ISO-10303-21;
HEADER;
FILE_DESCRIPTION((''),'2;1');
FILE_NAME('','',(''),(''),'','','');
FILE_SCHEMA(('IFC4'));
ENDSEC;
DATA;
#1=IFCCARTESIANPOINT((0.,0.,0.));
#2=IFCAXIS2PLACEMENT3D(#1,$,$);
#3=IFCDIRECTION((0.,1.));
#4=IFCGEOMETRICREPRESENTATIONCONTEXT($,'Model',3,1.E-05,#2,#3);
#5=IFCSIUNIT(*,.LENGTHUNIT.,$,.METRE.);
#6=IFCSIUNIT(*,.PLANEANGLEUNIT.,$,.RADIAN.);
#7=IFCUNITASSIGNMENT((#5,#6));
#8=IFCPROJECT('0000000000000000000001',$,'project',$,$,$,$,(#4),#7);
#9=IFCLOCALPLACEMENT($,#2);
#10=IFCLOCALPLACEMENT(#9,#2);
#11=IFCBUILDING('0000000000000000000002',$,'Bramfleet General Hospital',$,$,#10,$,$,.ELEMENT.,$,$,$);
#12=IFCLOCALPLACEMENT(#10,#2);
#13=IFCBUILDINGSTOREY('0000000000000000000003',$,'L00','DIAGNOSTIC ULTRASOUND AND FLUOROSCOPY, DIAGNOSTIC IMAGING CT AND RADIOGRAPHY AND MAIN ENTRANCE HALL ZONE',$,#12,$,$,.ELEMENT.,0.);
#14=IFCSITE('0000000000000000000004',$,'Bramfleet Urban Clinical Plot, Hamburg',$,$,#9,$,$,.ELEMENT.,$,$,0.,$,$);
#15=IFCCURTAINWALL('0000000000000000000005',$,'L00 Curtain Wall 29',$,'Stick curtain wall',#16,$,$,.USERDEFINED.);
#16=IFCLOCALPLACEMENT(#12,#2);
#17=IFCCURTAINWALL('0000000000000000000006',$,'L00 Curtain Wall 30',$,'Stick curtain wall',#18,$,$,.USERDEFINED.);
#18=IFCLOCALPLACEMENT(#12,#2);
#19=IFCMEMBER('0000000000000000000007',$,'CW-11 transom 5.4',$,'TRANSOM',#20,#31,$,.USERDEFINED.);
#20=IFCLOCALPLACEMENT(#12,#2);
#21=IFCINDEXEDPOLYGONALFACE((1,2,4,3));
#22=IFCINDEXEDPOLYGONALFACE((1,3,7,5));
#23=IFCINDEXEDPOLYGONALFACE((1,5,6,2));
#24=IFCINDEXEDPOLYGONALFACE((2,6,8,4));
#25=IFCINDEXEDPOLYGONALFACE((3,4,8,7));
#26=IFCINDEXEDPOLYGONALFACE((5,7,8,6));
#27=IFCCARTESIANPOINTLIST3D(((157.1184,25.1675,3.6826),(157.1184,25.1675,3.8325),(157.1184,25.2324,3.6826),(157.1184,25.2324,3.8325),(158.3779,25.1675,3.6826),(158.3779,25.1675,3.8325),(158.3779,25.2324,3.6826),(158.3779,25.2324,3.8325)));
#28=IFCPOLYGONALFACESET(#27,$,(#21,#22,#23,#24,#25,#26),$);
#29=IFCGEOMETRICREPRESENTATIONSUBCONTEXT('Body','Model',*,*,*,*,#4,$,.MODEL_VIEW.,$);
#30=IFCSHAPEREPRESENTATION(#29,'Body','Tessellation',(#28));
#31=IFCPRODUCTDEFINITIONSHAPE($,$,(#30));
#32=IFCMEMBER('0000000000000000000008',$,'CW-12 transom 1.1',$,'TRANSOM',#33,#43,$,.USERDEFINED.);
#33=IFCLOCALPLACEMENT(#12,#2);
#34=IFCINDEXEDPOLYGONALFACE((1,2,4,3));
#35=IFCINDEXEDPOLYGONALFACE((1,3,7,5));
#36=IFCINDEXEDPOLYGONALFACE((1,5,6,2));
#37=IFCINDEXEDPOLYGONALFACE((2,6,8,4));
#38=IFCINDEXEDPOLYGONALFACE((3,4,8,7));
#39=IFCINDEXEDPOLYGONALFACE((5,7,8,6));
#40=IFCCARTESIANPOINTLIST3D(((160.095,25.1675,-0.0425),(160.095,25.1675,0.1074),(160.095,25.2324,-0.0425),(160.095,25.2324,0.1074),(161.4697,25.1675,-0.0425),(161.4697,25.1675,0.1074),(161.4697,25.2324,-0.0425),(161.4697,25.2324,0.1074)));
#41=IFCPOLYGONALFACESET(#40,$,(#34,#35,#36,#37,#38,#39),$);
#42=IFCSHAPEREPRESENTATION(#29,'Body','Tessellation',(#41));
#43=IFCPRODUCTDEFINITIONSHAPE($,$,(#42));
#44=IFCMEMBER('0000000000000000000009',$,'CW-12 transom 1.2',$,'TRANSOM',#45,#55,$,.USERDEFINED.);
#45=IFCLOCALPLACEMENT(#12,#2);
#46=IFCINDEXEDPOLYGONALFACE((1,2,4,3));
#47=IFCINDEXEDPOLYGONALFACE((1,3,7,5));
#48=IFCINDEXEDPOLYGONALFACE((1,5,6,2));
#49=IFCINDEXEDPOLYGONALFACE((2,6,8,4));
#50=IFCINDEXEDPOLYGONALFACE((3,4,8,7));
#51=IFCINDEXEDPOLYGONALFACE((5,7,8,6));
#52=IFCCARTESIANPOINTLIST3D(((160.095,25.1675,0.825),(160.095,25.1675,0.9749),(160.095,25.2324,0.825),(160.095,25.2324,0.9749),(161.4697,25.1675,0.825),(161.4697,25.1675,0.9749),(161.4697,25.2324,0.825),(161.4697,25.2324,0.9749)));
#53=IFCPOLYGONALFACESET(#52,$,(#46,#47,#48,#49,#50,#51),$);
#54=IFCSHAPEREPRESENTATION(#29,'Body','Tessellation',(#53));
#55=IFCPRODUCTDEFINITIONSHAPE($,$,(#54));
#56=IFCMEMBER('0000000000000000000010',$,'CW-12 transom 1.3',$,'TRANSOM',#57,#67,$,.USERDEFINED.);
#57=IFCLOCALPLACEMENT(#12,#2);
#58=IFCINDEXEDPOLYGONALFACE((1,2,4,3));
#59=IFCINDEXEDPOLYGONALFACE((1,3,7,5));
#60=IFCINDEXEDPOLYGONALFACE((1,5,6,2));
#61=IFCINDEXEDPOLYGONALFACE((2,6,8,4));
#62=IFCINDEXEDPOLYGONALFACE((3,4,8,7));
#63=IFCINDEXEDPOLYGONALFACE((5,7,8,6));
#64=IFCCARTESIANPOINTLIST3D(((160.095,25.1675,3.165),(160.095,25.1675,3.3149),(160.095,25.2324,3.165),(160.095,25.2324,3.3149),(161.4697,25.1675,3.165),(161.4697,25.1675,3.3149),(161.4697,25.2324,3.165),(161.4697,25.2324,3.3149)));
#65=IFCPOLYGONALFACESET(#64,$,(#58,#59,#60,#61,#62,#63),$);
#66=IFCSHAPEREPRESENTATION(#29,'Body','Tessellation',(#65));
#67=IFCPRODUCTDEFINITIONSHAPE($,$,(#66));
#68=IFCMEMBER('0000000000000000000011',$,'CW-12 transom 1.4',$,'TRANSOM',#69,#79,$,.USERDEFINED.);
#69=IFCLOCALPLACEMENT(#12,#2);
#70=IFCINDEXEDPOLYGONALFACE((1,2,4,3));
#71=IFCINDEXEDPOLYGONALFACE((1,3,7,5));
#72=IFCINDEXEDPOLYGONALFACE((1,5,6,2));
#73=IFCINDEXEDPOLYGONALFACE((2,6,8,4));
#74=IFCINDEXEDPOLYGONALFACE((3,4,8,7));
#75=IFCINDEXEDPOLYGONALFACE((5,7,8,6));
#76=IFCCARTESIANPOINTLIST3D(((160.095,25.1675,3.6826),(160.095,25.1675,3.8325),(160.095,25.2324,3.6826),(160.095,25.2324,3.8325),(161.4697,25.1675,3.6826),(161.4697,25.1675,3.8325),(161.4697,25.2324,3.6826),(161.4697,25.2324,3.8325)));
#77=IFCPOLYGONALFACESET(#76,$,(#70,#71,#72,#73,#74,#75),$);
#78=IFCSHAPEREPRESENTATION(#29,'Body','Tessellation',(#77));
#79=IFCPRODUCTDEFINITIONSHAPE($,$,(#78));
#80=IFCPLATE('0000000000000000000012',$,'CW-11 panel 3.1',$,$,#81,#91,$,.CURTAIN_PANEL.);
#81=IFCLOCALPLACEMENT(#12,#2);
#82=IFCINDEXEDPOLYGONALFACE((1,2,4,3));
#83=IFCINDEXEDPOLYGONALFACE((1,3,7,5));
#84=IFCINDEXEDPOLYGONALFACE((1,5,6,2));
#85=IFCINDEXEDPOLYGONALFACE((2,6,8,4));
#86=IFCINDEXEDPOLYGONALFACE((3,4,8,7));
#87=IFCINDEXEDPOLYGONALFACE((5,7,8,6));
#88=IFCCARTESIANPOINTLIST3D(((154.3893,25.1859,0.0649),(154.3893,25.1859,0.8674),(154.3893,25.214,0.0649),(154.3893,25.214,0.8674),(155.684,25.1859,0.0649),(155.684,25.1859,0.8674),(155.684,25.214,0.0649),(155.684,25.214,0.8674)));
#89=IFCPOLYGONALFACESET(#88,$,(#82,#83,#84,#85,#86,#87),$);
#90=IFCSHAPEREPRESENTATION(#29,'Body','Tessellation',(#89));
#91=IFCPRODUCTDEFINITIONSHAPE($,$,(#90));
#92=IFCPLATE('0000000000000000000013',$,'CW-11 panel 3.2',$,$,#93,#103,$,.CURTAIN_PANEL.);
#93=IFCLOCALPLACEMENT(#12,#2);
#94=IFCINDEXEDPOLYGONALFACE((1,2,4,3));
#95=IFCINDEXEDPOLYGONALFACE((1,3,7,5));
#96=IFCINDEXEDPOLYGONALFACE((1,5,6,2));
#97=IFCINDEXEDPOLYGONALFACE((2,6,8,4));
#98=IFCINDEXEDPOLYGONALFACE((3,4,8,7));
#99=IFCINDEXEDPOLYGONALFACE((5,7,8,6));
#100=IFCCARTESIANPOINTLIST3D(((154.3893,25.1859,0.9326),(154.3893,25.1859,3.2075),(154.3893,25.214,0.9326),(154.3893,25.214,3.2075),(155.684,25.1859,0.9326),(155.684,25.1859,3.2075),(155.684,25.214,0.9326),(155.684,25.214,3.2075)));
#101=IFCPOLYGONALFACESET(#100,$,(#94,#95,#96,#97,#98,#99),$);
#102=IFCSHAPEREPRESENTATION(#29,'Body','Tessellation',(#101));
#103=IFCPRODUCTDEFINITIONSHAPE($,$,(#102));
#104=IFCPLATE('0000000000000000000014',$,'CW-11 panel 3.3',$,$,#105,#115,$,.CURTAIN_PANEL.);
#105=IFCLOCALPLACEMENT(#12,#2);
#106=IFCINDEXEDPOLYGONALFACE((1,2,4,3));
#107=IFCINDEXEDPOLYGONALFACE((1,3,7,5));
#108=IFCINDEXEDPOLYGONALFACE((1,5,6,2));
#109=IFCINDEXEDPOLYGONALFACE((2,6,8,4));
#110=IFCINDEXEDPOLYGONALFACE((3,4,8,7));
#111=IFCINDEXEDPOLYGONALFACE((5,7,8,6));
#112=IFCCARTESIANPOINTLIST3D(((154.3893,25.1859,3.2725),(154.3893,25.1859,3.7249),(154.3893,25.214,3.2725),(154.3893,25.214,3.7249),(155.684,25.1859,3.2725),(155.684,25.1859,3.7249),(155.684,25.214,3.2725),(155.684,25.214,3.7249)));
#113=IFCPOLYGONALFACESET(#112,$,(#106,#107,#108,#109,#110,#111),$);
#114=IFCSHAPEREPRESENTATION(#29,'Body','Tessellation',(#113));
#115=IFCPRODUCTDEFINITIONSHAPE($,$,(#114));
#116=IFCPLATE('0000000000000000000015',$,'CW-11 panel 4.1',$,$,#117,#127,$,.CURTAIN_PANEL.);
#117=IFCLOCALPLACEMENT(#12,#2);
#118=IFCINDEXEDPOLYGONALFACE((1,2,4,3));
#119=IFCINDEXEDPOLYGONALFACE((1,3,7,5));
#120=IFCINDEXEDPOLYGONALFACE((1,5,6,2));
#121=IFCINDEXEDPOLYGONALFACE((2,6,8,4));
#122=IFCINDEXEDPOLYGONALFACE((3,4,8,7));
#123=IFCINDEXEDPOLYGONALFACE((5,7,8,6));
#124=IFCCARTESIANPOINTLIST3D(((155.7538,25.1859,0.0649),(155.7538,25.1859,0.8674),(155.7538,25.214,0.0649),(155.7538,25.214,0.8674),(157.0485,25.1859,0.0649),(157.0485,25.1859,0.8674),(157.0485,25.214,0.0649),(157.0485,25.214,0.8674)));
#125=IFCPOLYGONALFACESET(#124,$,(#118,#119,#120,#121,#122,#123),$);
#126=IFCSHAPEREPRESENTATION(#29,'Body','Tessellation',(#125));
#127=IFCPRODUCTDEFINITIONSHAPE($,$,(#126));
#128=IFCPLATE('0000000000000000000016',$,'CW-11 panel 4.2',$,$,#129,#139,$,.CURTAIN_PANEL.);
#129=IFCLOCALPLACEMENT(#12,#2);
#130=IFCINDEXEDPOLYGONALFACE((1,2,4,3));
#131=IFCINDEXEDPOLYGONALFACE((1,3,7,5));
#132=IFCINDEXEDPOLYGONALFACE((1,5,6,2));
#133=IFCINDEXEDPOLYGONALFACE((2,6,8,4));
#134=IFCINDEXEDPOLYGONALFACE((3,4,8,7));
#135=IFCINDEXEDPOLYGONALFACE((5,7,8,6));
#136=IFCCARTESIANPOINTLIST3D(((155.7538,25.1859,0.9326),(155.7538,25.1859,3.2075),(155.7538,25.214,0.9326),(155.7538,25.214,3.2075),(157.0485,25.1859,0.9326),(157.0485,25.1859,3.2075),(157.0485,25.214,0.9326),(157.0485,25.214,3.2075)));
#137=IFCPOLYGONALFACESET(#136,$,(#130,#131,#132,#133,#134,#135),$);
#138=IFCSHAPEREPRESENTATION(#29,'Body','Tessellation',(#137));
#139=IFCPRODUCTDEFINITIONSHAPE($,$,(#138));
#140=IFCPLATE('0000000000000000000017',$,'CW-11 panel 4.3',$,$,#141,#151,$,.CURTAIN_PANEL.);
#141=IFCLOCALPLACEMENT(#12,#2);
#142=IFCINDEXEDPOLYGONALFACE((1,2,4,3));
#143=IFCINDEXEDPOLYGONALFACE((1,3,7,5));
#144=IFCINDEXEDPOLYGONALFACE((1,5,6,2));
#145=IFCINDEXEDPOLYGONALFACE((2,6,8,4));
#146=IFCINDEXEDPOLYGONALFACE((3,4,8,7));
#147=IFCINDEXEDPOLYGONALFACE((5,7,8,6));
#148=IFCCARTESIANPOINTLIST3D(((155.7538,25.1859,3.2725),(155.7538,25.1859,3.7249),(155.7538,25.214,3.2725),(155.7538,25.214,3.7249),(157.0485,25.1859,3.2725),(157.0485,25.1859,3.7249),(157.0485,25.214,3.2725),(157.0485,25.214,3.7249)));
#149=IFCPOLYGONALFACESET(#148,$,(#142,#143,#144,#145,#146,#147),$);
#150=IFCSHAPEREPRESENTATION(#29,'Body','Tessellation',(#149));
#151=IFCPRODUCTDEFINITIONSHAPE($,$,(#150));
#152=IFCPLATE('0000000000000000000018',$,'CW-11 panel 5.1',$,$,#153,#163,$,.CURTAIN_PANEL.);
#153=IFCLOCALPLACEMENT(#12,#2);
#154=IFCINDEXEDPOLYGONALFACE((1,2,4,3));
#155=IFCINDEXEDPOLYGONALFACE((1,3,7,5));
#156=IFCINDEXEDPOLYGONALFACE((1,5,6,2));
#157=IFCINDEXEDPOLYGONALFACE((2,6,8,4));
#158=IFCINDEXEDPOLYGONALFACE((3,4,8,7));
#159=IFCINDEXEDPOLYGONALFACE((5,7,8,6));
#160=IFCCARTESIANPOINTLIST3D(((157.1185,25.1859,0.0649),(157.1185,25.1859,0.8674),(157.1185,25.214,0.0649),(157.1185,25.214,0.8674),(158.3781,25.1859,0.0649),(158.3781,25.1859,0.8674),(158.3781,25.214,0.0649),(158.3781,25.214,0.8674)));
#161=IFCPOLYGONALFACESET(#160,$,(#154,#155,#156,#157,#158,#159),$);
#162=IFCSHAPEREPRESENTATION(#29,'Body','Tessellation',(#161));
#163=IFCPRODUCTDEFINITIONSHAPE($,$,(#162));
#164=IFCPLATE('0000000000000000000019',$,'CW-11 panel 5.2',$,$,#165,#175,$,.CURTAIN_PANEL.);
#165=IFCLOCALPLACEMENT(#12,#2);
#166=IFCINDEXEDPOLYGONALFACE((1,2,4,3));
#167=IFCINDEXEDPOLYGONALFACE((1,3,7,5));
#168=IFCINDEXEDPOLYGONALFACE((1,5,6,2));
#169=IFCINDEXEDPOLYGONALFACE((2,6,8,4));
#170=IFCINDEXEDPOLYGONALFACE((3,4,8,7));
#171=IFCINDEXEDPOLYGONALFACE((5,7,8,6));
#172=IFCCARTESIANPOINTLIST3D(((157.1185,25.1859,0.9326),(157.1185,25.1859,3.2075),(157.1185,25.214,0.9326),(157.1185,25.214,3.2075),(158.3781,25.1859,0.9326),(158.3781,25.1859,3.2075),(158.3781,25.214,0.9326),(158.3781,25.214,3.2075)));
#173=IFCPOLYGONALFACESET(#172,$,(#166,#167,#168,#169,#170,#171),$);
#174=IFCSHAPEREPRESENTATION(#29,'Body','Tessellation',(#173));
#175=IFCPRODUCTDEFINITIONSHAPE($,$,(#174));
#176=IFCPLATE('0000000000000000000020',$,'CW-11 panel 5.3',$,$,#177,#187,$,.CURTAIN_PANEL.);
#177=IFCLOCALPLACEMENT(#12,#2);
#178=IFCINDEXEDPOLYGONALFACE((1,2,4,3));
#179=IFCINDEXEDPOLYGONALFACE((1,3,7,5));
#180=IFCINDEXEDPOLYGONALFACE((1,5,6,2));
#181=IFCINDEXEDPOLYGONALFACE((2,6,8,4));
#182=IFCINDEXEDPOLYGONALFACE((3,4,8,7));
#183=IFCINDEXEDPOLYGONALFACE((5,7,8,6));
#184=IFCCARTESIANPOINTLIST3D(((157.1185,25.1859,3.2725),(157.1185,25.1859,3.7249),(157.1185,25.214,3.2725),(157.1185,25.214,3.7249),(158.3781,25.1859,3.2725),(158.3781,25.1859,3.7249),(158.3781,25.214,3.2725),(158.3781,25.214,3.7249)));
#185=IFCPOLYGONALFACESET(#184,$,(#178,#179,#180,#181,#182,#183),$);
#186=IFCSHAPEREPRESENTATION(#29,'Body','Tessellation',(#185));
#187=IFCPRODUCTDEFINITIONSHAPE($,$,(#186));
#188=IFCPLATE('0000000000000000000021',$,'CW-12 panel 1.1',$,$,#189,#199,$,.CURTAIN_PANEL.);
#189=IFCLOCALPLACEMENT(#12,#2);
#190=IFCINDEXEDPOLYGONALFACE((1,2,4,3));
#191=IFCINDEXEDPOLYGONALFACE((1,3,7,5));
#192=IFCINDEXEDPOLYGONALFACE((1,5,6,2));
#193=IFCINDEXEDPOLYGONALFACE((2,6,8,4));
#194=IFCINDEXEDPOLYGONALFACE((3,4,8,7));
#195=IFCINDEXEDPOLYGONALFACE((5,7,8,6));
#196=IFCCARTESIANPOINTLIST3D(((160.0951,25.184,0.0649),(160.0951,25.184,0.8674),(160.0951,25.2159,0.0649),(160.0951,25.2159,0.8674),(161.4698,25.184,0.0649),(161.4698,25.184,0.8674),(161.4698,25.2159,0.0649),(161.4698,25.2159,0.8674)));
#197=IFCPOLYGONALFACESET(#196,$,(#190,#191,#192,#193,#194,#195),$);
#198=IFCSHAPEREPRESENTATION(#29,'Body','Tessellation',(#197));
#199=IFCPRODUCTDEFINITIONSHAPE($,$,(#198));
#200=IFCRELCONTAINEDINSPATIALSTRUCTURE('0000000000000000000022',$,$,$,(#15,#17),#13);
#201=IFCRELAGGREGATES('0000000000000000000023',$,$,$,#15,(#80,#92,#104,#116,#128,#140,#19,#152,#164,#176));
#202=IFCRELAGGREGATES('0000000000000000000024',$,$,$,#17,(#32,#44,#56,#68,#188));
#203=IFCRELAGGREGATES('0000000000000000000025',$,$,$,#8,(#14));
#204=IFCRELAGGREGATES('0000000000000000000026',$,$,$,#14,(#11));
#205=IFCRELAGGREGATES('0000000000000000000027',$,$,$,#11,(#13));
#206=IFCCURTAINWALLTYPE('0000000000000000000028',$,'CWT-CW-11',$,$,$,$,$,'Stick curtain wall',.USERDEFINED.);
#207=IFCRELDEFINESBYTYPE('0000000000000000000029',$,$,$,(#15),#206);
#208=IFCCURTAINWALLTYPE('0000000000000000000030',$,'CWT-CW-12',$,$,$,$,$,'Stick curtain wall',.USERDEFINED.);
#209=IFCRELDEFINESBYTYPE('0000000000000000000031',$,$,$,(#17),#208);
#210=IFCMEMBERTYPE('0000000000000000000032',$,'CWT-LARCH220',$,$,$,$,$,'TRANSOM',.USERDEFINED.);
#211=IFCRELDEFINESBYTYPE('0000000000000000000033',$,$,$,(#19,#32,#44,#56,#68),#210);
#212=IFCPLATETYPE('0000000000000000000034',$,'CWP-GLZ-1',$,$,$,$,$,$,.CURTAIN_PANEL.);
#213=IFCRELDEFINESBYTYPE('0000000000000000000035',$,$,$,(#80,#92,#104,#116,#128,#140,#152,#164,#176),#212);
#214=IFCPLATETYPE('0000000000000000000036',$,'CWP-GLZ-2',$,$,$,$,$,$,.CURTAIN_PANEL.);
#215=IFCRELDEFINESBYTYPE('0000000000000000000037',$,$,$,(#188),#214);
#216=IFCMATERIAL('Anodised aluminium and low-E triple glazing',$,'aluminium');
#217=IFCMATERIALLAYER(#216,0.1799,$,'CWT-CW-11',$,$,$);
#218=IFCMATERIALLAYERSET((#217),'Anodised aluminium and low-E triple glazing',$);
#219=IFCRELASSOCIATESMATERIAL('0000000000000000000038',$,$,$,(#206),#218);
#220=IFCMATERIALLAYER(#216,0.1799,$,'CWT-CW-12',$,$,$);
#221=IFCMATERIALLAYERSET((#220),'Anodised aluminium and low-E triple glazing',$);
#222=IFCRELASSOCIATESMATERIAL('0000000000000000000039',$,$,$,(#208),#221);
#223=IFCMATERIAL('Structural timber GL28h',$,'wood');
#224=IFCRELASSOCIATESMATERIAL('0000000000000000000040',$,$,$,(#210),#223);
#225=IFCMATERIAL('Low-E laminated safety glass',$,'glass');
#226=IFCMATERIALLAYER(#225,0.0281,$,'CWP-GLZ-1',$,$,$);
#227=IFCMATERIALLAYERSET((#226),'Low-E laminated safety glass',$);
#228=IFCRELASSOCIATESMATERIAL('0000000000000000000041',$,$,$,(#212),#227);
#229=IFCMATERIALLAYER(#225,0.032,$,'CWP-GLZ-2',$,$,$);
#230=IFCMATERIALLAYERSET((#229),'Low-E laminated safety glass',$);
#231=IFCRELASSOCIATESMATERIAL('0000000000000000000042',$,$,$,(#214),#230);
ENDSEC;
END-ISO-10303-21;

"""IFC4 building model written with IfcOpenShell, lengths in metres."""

from ifc_helpers import new_model, si_unit, direction, frame, origin, origin_2d, place, context, subcontext, project, spatial, rectangle, extrude, material, layer, layer_set, material_profile, profile_set, type_object, element, aggregate, save


model = new_model("IFC4")

# Units and contexts
model_context = context("Model", 3, precision=1e-05, world=origin(), true_north=direction((0.0, 1.0)))
body_context = subcontext(model_context, "Body", "Model", "MODEL_VIEW")
ifc_project = project(units=[si_unit("LENGTHUNIT", "METRE"), si_unit("PLANEANGLEUNIT", "RADIAN")], contexts=[model_context])

# Site, building, storey
site_placement = place(None, origin())
site = spatial("IfcSite", under=ifc_project, at=site_placement, Name="Bramfleet Urban Clinical Plot, Hamburg", CompositionType="ELEMENT", RefElevation=0.0)
building_placement = place(site_placement, origin())
building = spatial("IfcBuilding", under=site, at=building_placement, Name="Bramfleet General Hospital", CompositionType="ELEMENT")
storey_placement = place(building_placement, origin())
storey = spatial("IfcBuildingStorey", under=building, at=storey_placement, Name="L00", Description="DIAGNOSTIC ULTRASOUND AND FLUOROSCOPY, DIAGNOSTIC IMAGING CT AND RADIOGRAPHY AND MAIN ENTRANCE HALL ZONE", CompositionType="ELEMENT", Elevation=0.0)

# Curtain wall
ifc_material_1 = material(Name="Anodised aluminium and low-E triple glazing", Category="aluminium")
ifc_layer_1 = layer(ifc_material_1, 0.1799, Name="CWT-CW-11")
ifc_layer_set_1 = layer_set([ifc_layer_1], Name="Anodised aluminium and low-E triple glazing")
curtain_wall_type_1 = type_object("IfcCurtainWallType", Name="CWT-CW-11", ElementType="Stick curtain wall", PredefinedType="USERDEFINED", material=ifc_layer_set_1)
curtain_wall_1_placement = place(storey_placement, origin())
curtain_wall_1 = element("IfcCurtainWall", 1, at=curtain_wall_1_placement, inside=storey, type_object=curtain_wall_type_1, Name="L00 Curtain Wall 29", ObjectType="Stick curtain wall", PredefinedType="USERDEFINED")
ifc_material_2 = material(Name="Structural timber GL28h", Category="wood")

# Curtain wall
ifc_layer_2 = layer(ifc_material_1, 0.1799, Name="CWT-CW-12")
ifc_layer_set_2 = layer_set([ifc_layer_2], Name="Anodised aluminium and low-E triple glazing")
curtain_wall_type_2 = type_object("IfcCurtainWallType", Name="CWT-CW-12", ElementType="Stick curtain wall", PredefinedType="USERDEFINED", material=ifc_layer_set_2)
curtain_wall_2_placement = place(storey_placement, origin())
curtain_wall_2 = element("IfcCurtainWall", 2, at=curtain_wall_2_placement, inside=storey, type_object=curtain_wall_type_2, Name="L00 Curtain Wall 30", ObjectType="Stick curtain wall", PredefinedType="USERDEFINED")

# Members
ifc_material_profile_1 = material_profile(ifc_material_2, rectangle(XDim=0.0649, YDim=0.1499, at=origin_2d()), Name="LARCH 150x65")
ifc_profile_set_1 = profile_set([ifc_material_profile_1], Name="Structural timber GL28h")
member_type_1 = type_object("IfcMemberType", Name="CWT-LARCH220", ElementType="TRANSOM", PredefinedType="USERDEFINED", material=ifc_profile_set_1)
member_1_placement = place(storey_placement, frame((157.1184, 25.2, 3.7576), z_axis=(1.0, 0.0, 0.0), x_axis=(0.0, 1.0, 0.0)))
member_1 = element("IfcMember", 3, at=member_1_placement, type_object=member_type_1, Name="CW-11 transom 5.4", ObjectType="TRANSOM", PredefinedType="USERDEFINED", context=body_context, shape_type="SweptSolid", body=[
    extrude(rectangle(XDim=0.0649, YDim=0.1499, at=origin_2d()), origin(), (0.0, 0.0, 1.0), 1.2595),
])
member_2_placement = place(storey_placement, frame((160.095, 25.2, 0.0325), z_axis=(1.0, 0.0, 0.0), x_axis=(0.0, 1.0, 0.0)))
member_2 = element("IfcMember", 4, at=member_2_placement, type_object=member_type_1, Name="CW-12 transom 1.1", ObjectType="TRANSOM", PredefinedType="USERDEFINED", context=body_context, shape_type="SweptSolid", body=[
    extrude(rectangle(XDim=0.0649, YDim=0.1499, at=origin_2d()), origin(), (0.0, 0.0, 1.0), 1.3748),
])
member_3_placement = place(storey_placement, frame((160.095, 25.2, 0.8999), z_axis=(1.0, 0.0, 0.0), x_axis=(0.0, 1.0, 0.0)))
member_3 = element("IfcMember", 5, at=member_3_placement, type_object=member_type_1, Name="CW-12 transom 1.2", ObjectType="TRANSOM", PredefinedType="USERDEFINED", context=body_context, shape_type="SweptSolid", body=[
    extrude(rectangle(XDim=0.0649, YDim=0.1499, at=origin_2d()), origin(), (0.0, 0.0, 1.0), 1.3748),
])
member_4_placement = place(storey_placement, frame((160.095, 25.2, 3.24), z_axis=(1.0, 0.0, 0.0), x_axis=(0.0, 1.0, 0.0)))
member_4 = element("IfcMember", 6, at=member_4_placement, type_object=member_type_1, Name="CW-12 transom 1.3", ObjectType="TRANSOM", PredefinedType="USERDEFINED", context=body_context, shape_type="SweptSolid", body=[
    extrude(rectangle(XDim=0.0649, YDim=0.1499, at=origin_2d()), origin(), (0.0, 0.0, 1.0), 1.3748),
])
member_5_placement = place(storey_placement, frame((160.095, 25.2, 3.7576), z_axis=(1.0, 0.0, 0.0), x_axis=(0.0, 1.0, 0.0)))
member_5 = element("IfcMember", 7, at=member_5_placement, type_object=member_type_1, Name="CW-12 transom 1.4", ObjectType="TRANSOM", PredefinedType="USERDEFINED", context=body_context, shape_type="SweptSolid", body=[
    extrude(rectangle(XDim=0.0649, YDim=0.1499, at=origin_2d()), origin(), (0.0, 0.0, 1.0), 1.3748),
])

# Plates
ifc_material_3 = material(Name="Low-E laminated safety glass", Category="glass")
ifc_layer_3 = layer(ifc_material_3, 0.0281, Name="CWP-GLZ-1")
ifc_layer_set_3 = layer_set([ifc_layer_3], Name="Low-E laminated safety glass")
plate_type_1 = type_object("IfcPlateType", Name="CWP-GLZ-1", PredefinedType="CURTAIN_PANEL", material=ifc_layer_set_3)
plate_1_placement = place(storey_placement, frame((155.0366, 25.2, 0.0649), z_axis=(0.0, 0.0, 1.0), x_axis=(1.0, 0.0, 0.0)))
plate_1 = element("IfcPlate", 8, at=plate_1_placement, type_object=plate_type_1, Name="CW-11 panel 3.1", PredefinedType="CURTAIN_PANEL", context=body_context, shape_type="SweptSolid", body=[
    extrude(rectangle(XDim=1.2947, YDim=0.0281, at=origin_2d()), origin(), (0.0, 0.0, 1.0), 0.8025),
])
plate_2_placement = place(storey_placement, frame((155.0366, 25.2, 0.9326), z_axis=(0.0, 0.0, 1.0), x_axis=(1.0, 0.0, 0.0)))
plate_2 = element("IfcPlate", 9, at=plate_2_placement, type_object=plate_type_1, Name="CW-11 panel 3.2", PredefinedType="CURTAIN_PANEL", context=body_context, shape_type="SweptSolid", body=[
    extrude(rectangle(XDim=1.2947, YDim=0.0281, at=origin_2d()), origin(), (0.0, 0.0, 1.0), 2.2749),
])
plate_3_placement = place(storey_placement, frame((155.0366, 25.2, 3.2725), z_axis=(0.0, 0.0, 1.0), x_axis=(1.0, 0.0, 0.0)))
plate_3 = element("IfcPlate", 10, at=plate_3_placement, type_object=plate_type_1, Name="CW-11 panel 3.3", PredefinedType="CURTAIN_PANEL", context=body_context, shape_type="SweptSolid", body=[
    extrude(rectangle(XDim=1.2947, YDim=0.0281, at=origin_2d()), origin(), (0.0, 0.0, 1.0), 0.4524),
])
plate_4_placement = place(storey_placement, frame((156.4011, 25.2, 0.0649), z_axis=(0.0, 0.0, 1.0), x_axis=(1.0, 0.0, 0.0)))
plate_4 = element("IfcPlate", 11, at=plate_4_placement, type_object=plate_type_1, Name="CW-11 panel 4.1", PredefinedType="CURTAIN_PANEL", context=body_context, shape_type="SweptSolid", body=[
    extrude(rectangle(XDim=1.2947, YDim=0.0281, at=origin_2d()), origin(), (0.0, 0.0, 1.0), 0.8025),
])
plate_5_placement = place(storey_placement, frame((156.4011, 25.2, 0.9326), z_axis=(0.0, 0.0, 1.0), x_axis=(1.0, 0.0, 0.0)))
plate_5 = element("IfcPlate", 12, at=plate_5_placement, type_object=plate_type_1, Name="CW-11 panel 4.2", PredefinedType="CURTAIN_PANEL", context=body_context, shape_type="SweptSolid", body=[
    extrude(rectangle(XDim=1.2947, YDim=0.0281, at=origin_2d()), origin(), (0.0, 0.0, 1.0), 2.2749),
])
plate_6_placement = place(storey_placement, frame((156.4011, 25.2, 3.2725), z_axis=(0.0, 0.0, 1.0), x_axis=(1.0, 0.0, 0.0)))
plate_6 = element("IfcPlate", 13, at=plate_6_placement, type_object=plate_type_1, Name="CW-11 panel 4.3", PredefinedType="CURTAIN_PANEL", context=body_context, shape_type="SweptSolid", body=[
    extrude(rectangle(XDim=1.2947, YDim=0.0281, at=origin_2d()), origin(), (0.0, 0.0, 1.0), 0.4524),
])
plate_7_placement = place(storey_placement, frame((157.7483, 25.2, 0.0649), z_axis=(0.0, 0.0, 1.0), x_axis=(1.0, 0.0, 0.0)))
plate_7 = element("IfcPlate", 14, at=plate_7_placement, type_object=plate_type_1, Name="CW-11 panel 5.1", PredefinedType="CURTAIN_PANEL", context=body_context, shape_type="SweptSolid", body=[
    extrude(rectangle(XDim=1.2595, YDim=0.0281, at=origin_2d()), origin(), (0.0, 0.0, 1.0), 0.8025),
])
plate_8_placement = place(storey_placement, frame((157.7483, 25.2, 0.9326), z_axis=(0.0, 0.0, 1.0), x_axis=(1.0, 0.0, 0.0)))
plate_8 = element("IfcPlate", 15, at=plate_8_placement, type_object=plate_type_1, Name="CW-11 panel 5.2", PredefinedType="CURTAIN_PANEL", context=body_context, shape_type="SweptSolid", body=[
    extrude(rectangle(XDim=1.2595, YDim=0.0281, at=origin_2d()), origin(), (0.0, 0.0, 1.0), 2.2749),
])
plate_9_placement = place(storey_placement, frame((157.7483, 25.2, 3.2725), z_axis=(0.0, 0.0, 1.0), x_axis=(1.0, 0.0, 0.0)))
plate_9 = element("IfcPlate", 16, at=plate_9_placement, type_object=plate_type_1, Name="CW-11 panel 5.3", PredefinedType="CURTAIN_PANEL", context=body_context, shape_type="SweptSolid", body=[
    extrude(rectangle(XDim=1.2595, YDim=0.0281, at=origin_2d()), origin(), (0.0, 0.0, 1.0), 0.4524),
])
aggregate(curtain_wall_1, [plate_1, plate_2, plate_3, plate_4, plate_5, plate_6, member_1, plate_7, plate_8, plate_9])
ifc_layer_4 = layer(ifc_material_3, 0.032, Name="CWP-GLZ-2")
ifc_layer_set_4 = layer_set([ifc_layer_4], Name="Low-E laminated safety glass")
plate_type_2 = type_object("IfcPlateType", Name="CWP-GLZ-2", PredefinedType="CURTAIN_PANEL", material=ifc_layer_set_4)
plate_10_placement = place(storey_placement, frame((160.7825, 25.2, 0.0649), z_axis=(0.0, 0.0, 1.0), x_axis=(1.0, 0.0, 0.0)))
plate_10 = element("IfcPlate", 17, at=plate_10_placement, type_object=plate_type_2, Name="CW-12 panel 1.1", PredefinedType="CURTAIN_PANEL", context=body_context, shape_type="SweptSolid", body=[
    extrude(rectangle(XDim=1.3748, YDim=0.032, at=origin_2d()), origin(), (0.0, 0.0, 1.0), 0.8025),
])
aggregate(curtain_wall_2, [member_2, member_3, member_4, member_5, plate_10])

save(model, "model.ifc")
